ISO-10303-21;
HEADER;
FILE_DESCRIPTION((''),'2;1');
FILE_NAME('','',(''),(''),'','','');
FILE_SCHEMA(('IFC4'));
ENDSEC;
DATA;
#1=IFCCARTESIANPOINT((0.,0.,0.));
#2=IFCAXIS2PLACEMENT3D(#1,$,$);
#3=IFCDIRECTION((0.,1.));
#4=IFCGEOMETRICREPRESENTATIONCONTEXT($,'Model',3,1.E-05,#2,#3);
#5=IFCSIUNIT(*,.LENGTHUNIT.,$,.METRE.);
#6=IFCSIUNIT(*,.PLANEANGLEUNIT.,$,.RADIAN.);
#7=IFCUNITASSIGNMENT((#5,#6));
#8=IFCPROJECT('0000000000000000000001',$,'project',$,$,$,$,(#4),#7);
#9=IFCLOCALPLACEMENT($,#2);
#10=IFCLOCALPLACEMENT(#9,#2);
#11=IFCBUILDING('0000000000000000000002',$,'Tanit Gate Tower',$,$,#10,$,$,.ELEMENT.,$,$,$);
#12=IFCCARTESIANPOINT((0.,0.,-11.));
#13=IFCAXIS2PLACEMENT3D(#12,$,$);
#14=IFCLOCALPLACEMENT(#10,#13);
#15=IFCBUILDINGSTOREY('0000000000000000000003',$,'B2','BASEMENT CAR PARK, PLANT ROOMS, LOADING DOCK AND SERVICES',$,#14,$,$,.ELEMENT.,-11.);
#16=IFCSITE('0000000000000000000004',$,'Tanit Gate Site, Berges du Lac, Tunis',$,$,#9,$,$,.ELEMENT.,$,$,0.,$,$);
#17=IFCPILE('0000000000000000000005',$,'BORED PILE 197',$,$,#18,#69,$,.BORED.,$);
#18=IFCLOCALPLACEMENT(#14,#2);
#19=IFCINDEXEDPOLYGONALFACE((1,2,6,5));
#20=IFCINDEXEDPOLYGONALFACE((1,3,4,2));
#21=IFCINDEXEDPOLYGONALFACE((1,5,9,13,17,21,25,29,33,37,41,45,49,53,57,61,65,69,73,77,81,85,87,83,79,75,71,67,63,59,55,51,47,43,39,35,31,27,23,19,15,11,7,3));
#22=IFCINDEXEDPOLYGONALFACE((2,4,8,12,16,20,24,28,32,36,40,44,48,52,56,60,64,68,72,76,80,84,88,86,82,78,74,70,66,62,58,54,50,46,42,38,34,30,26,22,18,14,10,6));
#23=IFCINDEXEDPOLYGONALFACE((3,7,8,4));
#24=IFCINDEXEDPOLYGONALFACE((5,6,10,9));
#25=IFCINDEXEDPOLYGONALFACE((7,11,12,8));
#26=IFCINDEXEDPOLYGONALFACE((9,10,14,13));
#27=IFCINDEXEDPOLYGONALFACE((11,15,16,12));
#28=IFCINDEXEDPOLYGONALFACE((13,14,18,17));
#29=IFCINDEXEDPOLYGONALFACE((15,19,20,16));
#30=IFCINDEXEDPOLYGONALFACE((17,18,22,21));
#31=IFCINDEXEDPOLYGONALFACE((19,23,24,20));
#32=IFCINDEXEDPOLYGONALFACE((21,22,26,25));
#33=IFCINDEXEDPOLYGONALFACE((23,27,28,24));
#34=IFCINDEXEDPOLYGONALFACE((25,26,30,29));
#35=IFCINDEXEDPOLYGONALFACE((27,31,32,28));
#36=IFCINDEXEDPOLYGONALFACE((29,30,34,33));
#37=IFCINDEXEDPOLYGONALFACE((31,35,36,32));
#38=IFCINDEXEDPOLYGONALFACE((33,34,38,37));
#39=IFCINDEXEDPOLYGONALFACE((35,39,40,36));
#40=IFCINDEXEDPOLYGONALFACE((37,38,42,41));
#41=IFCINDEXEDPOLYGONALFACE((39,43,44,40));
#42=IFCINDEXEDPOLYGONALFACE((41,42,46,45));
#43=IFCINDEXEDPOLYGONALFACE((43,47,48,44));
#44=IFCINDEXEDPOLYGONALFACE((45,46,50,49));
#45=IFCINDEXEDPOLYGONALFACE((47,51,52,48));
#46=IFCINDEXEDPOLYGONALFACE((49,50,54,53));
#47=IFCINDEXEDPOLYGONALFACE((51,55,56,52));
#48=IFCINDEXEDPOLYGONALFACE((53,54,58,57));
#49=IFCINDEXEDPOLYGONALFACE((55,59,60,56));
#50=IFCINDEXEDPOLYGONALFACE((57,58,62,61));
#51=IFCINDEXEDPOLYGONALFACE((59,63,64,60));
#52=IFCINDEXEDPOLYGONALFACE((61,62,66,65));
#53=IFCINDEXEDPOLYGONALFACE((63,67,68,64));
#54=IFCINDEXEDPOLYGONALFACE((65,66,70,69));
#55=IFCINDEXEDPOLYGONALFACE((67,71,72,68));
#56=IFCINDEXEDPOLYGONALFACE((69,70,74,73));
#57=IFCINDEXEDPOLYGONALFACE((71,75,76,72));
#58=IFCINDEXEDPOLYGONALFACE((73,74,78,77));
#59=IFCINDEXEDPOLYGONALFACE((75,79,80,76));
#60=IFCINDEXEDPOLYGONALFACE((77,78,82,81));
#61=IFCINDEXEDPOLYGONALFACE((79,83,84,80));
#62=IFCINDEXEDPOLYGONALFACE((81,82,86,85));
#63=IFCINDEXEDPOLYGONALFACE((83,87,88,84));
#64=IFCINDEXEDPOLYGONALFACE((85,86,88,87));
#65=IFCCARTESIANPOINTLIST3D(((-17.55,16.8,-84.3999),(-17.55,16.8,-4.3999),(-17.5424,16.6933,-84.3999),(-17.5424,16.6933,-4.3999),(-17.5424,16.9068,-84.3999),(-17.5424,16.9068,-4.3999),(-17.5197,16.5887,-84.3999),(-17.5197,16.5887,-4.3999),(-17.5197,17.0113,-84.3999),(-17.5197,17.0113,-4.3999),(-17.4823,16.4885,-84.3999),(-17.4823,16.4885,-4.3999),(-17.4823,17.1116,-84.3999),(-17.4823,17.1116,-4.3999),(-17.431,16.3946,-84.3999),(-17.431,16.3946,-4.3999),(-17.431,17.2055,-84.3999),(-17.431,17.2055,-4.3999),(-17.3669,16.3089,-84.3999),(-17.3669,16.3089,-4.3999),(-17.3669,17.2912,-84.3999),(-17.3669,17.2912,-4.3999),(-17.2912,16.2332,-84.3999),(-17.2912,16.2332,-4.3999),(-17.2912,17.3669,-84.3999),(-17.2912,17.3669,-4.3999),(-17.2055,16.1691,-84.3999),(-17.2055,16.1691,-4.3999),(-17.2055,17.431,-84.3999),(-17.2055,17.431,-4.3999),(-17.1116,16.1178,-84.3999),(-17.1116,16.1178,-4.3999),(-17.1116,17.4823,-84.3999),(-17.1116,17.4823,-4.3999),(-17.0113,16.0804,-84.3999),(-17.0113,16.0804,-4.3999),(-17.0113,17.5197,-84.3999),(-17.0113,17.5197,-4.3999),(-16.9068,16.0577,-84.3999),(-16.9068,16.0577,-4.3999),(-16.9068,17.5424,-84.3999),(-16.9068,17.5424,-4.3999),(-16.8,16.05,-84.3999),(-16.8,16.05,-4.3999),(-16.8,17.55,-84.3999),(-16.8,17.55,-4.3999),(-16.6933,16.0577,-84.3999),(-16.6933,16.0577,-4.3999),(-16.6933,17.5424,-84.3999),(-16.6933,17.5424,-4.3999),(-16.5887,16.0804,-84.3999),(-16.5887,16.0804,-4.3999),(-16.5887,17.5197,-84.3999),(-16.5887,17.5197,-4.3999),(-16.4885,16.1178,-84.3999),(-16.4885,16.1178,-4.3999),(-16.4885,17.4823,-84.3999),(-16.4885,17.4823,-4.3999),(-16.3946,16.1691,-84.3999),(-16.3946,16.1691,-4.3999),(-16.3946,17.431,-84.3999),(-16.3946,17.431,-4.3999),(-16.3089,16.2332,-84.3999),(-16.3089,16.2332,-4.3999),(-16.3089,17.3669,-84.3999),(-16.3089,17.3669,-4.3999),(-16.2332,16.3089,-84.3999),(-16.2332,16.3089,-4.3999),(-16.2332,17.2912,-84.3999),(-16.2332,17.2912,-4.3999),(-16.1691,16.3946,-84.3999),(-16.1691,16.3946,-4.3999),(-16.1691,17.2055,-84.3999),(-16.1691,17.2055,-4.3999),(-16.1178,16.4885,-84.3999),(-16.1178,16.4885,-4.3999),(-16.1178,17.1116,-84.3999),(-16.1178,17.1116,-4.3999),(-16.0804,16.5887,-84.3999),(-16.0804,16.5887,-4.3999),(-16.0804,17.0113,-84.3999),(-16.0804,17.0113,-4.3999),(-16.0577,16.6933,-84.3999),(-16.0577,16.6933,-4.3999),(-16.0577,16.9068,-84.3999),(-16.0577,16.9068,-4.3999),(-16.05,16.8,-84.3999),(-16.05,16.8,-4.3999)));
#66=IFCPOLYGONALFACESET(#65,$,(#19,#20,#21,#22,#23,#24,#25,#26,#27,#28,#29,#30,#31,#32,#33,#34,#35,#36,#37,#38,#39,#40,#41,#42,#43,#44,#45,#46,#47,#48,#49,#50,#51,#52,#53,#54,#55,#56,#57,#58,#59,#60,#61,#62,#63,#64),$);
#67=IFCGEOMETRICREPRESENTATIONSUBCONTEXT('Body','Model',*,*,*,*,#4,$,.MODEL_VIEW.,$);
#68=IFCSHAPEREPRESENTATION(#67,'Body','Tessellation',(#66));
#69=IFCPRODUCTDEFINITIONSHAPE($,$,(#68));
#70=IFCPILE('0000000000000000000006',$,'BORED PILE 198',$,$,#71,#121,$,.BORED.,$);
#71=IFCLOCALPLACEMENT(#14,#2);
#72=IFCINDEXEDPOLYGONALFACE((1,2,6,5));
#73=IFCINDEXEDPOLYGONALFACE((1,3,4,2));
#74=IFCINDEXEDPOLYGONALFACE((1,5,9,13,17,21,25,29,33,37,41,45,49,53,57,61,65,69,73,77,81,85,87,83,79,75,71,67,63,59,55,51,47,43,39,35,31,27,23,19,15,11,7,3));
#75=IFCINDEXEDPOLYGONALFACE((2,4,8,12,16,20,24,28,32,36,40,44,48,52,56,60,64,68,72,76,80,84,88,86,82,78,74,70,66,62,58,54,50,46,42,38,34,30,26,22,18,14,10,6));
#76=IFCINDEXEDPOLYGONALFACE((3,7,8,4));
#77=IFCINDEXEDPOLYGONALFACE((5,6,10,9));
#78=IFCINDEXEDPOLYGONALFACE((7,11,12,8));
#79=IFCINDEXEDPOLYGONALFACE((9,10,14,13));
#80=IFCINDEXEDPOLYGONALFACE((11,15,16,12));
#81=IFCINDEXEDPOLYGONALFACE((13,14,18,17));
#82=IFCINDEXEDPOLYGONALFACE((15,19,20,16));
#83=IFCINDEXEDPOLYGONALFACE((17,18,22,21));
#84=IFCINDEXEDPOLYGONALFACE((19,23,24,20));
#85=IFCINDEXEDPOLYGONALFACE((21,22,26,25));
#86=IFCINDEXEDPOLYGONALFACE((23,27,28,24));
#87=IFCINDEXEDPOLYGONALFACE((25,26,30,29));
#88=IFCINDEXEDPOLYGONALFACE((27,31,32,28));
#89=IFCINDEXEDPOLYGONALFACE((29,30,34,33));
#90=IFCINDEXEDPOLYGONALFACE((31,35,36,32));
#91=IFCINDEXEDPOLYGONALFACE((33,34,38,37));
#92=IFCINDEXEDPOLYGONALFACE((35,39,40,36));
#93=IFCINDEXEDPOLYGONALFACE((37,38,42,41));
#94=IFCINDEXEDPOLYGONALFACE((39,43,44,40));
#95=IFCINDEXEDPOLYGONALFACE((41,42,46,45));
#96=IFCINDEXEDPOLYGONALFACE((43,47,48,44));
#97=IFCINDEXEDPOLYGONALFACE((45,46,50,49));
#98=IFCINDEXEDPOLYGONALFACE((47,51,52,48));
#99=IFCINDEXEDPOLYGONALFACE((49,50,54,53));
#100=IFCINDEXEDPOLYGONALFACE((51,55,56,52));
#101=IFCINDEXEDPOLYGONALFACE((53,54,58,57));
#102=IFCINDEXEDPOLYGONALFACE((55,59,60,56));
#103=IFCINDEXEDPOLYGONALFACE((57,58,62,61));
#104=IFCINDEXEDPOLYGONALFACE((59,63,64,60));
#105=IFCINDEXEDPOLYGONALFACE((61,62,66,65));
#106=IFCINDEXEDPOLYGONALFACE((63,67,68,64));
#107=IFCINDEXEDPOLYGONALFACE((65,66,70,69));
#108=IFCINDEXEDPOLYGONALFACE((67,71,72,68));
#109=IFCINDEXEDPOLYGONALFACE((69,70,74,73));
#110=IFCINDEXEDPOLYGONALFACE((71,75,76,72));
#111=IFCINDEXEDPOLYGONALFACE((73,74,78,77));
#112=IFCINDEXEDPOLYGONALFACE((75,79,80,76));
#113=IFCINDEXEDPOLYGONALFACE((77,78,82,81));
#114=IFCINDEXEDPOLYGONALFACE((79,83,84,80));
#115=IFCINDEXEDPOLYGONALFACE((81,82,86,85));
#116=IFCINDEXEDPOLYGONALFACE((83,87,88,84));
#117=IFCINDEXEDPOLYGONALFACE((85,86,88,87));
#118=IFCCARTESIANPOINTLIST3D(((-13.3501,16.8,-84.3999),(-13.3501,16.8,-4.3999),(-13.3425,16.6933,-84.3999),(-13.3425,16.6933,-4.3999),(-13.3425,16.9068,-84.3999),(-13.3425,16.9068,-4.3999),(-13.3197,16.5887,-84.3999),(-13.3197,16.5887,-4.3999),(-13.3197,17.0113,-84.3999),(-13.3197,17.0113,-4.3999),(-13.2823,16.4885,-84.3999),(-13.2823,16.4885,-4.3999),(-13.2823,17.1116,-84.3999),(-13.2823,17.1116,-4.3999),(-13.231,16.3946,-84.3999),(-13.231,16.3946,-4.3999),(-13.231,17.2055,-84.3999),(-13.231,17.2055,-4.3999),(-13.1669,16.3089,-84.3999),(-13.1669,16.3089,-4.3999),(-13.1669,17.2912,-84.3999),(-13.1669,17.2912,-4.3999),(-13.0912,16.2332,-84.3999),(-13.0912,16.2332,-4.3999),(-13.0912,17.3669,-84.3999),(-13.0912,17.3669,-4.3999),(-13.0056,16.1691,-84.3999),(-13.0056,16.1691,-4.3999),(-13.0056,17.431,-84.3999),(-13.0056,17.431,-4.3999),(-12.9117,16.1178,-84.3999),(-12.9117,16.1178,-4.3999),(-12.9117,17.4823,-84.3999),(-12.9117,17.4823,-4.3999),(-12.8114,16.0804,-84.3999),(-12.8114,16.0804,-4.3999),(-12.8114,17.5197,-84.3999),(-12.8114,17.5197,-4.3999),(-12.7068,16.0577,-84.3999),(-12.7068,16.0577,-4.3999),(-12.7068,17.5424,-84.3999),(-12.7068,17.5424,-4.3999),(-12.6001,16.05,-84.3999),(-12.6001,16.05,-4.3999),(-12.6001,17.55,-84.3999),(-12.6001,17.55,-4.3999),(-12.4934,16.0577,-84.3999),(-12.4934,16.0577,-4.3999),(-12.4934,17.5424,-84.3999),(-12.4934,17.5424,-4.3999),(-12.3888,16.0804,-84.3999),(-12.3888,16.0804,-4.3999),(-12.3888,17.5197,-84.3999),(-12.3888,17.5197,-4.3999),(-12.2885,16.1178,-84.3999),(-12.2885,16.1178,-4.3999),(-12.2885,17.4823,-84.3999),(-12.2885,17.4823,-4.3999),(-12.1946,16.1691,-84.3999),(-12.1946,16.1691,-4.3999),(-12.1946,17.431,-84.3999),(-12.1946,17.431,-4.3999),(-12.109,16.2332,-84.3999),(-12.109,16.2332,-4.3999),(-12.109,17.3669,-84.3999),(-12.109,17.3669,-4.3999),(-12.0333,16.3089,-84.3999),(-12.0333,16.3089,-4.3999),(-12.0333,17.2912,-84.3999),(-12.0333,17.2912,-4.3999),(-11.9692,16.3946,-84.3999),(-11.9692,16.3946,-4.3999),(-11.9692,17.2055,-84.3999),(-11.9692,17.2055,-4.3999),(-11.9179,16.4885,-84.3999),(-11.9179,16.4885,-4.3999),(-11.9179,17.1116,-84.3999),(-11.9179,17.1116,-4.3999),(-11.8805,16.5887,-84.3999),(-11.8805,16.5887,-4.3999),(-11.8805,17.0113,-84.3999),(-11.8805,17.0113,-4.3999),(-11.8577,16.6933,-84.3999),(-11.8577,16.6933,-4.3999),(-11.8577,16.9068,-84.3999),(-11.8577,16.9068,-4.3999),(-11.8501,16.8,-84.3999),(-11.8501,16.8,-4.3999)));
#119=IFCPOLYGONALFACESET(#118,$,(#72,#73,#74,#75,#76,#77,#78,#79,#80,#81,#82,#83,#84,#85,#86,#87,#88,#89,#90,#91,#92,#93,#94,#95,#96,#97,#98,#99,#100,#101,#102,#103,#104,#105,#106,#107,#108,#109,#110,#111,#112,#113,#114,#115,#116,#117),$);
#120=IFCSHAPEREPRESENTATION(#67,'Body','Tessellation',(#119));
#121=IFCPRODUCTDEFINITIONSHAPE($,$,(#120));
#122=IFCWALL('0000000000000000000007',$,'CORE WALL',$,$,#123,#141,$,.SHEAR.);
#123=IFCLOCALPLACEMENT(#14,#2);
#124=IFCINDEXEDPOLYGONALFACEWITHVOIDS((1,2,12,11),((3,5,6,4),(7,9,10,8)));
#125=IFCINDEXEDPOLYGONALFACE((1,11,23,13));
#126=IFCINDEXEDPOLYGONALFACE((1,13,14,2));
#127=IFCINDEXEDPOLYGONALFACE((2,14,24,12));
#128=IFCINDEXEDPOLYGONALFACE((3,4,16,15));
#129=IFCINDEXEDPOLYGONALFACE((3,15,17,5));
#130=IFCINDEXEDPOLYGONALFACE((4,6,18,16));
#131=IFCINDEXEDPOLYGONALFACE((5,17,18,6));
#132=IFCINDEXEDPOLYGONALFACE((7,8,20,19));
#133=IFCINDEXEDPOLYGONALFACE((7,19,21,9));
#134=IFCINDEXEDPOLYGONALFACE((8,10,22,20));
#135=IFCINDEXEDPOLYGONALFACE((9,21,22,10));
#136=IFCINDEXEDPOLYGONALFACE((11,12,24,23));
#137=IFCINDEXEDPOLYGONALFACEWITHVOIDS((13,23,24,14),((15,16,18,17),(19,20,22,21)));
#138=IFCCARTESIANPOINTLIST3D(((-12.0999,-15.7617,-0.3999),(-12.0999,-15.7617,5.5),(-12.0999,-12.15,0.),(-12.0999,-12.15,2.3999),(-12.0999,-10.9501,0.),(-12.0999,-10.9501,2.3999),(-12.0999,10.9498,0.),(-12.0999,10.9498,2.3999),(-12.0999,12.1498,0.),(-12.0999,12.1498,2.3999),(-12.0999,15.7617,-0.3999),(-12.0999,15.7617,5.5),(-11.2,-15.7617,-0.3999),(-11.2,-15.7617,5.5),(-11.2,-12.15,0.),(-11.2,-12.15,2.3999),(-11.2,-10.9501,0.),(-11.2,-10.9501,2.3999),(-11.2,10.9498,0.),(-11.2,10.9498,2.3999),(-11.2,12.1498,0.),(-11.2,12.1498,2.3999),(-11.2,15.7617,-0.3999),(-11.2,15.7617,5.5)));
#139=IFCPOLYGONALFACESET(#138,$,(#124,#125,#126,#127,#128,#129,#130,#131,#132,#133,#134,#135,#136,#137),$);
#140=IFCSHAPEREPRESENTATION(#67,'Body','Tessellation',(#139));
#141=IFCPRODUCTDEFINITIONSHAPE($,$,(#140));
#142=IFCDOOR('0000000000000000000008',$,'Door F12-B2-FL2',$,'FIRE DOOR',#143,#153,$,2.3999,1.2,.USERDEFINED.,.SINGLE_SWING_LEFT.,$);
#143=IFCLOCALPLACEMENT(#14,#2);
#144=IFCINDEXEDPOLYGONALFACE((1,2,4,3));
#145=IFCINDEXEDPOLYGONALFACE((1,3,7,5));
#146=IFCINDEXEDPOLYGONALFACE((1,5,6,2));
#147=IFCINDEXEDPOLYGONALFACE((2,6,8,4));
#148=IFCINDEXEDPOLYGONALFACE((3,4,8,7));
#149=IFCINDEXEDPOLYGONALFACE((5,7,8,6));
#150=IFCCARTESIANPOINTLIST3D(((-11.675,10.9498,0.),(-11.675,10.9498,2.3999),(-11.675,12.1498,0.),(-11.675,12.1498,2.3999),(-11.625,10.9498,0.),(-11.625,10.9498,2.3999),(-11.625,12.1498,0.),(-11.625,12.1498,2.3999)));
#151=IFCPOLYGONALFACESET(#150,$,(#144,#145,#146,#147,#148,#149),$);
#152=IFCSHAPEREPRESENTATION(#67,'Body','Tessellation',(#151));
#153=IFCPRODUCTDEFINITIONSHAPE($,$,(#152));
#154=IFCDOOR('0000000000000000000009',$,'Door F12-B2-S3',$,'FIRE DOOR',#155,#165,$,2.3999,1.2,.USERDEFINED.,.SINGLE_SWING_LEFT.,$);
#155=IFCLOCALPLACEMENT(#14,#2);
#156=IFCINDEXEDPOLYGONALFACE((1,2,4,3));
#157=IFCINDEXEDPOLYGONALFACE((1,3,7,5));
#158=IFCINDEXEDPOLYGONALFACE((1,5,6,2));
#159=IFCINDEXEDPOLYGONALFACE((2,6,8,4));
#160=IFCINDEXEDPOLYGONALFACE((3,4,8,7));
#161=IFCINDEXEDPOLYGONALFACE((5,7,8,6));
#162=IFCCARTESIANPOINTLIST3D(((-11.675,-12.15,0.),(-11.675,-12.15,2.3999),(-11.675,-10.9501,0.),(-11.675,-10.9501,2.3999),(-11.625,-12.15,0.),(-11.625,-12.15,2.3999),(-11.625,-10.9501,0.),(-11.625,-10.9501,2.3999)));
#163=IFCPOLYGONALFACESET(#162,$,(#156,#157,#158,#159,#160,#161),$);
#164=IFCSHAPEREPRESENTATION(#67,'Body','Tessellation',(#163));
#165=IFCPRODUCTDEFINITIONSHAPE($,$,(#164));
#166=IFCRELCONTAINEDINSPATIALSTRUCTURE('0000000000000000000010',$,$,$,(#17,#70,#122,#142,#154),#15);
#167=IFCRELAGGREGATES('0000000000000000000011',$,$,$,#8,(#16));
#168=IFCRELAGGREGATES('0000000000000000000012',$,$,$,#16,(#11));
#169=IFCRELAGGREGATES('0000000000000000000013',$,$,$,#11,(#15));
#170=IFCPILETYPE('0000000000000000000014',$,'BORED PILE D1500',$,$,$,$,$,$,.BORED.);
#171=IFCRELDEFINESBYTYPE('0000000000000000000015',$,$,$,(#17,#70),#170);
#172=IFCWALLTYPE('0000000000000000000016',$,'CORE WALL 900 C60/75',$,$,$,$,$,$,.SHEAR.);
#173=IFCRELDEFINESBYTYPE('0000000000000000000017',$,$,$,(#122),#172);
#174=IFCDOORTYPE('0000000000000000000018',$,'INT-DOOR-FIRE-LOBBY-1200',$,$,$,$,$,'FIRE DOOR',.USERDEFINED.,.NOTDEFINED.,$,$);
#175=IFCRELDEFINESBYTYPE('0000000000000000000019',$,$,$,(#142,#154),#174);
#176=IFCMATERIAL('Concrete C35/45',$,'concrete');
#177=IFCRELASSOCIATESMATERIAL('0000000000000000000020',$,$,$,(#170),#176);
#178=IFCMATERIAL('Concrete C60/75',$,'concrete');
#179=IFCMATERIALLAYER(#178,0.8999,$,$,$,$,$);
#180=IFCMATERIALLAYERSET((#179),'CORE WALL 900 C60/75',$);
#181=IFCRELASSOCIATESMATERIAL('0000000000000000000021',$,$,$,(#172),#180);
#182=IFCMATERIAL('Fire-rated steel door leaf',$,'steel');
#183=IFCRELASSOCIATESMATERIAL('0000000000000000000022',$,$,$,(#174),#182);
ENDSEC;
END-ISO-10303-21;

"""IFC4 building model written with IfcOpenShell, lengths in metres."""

from ifc_helpers import new_model, si_unit, direction, frame, frame_2d, origin, origin_2d, place, context, subcontext, project, spatial, rectangle, circle, extrude, material, layer, layer_set, material_profile, profile_set, type_object, element, fill, save


model = new_model("IFC4")

# Units and contexts
model_context = context("Model", 3, precision=1e-05, world=origin(), true_north=direction((0.0, 1.0)))
body_context = subcontext(model_context, "Body", "Model", "MODEL_VIEW")
ifc_project = project(units=[si_unit("LENGTHUNIT", "METRE"), si_unit("PLANEANGLEUNIT", "RADIAN")], contexts=[model_context])

# Site, building, storey
site_placement = place(None, origin())
site = spatial("IfcSite", under=ifc_project, at=site_placement, Name="Tanit Gate Site, Berges du Lac, Tunis", CompositionType="ELEMENT", RefElevation=0.0)
building_placement = place(site_placement, origin())
building = spatial("IfcBuilding", under=site, at=building_placement, Name="Tanit Gate Tower", CompositionType="ELEMENT")
storey_placement = place(building_placement, frame((0.0, 0.0, -11.0)))
storey = spatial("IfcBuildingStorey", under=building, at=storey_placement, Name="B2", Description="BASEMENT CAR PARK, PLANT ROOMS, LOADING DOCK AND SERVICES", CompositionType="ELEMENT", Elevation=-11.0)

# Piles
ifc_material_1 = material(Name="Concrete C35/45", Category="concrete")
ifc_material_profile = material_profile(ifc_material_1, circle(Radius=0.75, at=origin_2d()), Name="BORED PILE D1500 C35/45")
ifc_profile_set = profile_set([ifc_material_profile], Name="Concrete C35/45")
pile_type = type_object("IfcPileType", Name="BORED PILE D1500", PredefinedType="BORED", material=ifc_profile_set)
for number, where, z_axis, x_axis, name in (
    (1, (-16.8, 16.8, -4.3999), (0.0, 0.0, -1.0), (1.0, 0.0, 0.0), "BORED PILE 197"),
    (2, (-12.6001, 16.8, -4.3999), (0.0, 0.0, -1.0), (1.0, 0.0, 0.0), "BORED PILE 198"),
):
    element("IfcPile", number, at=place(storey_placement, frame(where, z_axis=z_axis, x_axis=x_axis)), inside=storey, type_object=pile_type, Name=name, PredefinedType="BORED", context=body_context, shape_type="SweptSolid", body=[
        extrude(circle(Radius=0.75, at=origin_2d()), origin(), (0.0, 0.0, 1.0), 80.0),
    ])

# Wall, openings, doors
ifc_material_2 = material(Name="Concrete C60/75", Category="concrete")
ifc_layer_1 = layer(ifc_material_2, 0.8999)
ifc_layer_set_1 = layer_set([ifc_layer_1], Name="CORE WALL 900 C60/75")
wall_type_1 = type_object("IfcWallType", Name="CORE WALL 900 C60/75", PredefinedType="SHEAR", material=ifc_layer_set_1)
wall_1_placement = place(storey_placement, frame((-11.6499, 15.7617, -0.3999), z_axis=(0.0, 0.0, 1.0), x_axis=(0.0, -1.0, 0.0)))
wall_1 = element("IfcWall", 3, at=wall_1_placement, inside=storey, type_object=wall_type_1, Name="CORE WALL", PredefinedType="SHEAR", context=body_context, shape_type="SweptSolid", body=[
    extrude(rectangle(XDim=31.5234, YDim=0.8999, at=frame_2d((15.7617, 0.0))), origin(), (0.0, 0.0, 1.0), 5.8999),
])
opening_1_placement = place(wall_1_placement, frame((3.6118, 0.0, 0.3999)))
opening_1 = element("IfcOpeningElement", 4, at=opening_1_placement, cuts=wall_1, PredefinedType="OPENING", context=body_context, shape_type="SweptSolid", body=[
    extrude(rectangle(XDim=1.2, YDim=2.3999, at=frame_2d((0.6001, 1.2))), frame((0.0, 0.46, 0.0), z_axis=(0.0, -1.0, 0.0), x_axis=(1.0, 0.0, 0.0)), (0.0, 0.0, 1.0), 0.9199),
])
opening_2_placement = place(wall_1_placement, frame((26.7117, 0.0, 0.3999)))
opening_2 = element("IfcOpeningElement", 5, at=opening_2_placement, cuts=wall_1, PredefinedType="OPENING", context=body_context, shape_type="SweptSolid", body=[
    extrude(rectangle(XDim=1.2, YDim=2.3999, at=frame_2d((0.6001, 1.2))), frame((0.0, 0.46, 0.0), z_axis=(0.0, -1.0, 0.0), x_axis=(1.0, 0.0, 0.0)), (0.0, 0.0, 1.0), 0.9199),
])
ifc_material_3 = material(Name="Fire-rated steel door leaf", Category="steel")
door_type_1 = type_object("IfcDoorType", Name="INT-DOOR-FIRE-LOBBY-1200", ElementType="FIRE DOOR", OperationType="NOTDEFINED", PredefinedType="USERDEFINED", material=ifc_material_3)
door_1_placement = place(opening_1_placement, origin())
door_1 = element("IfcDoor", 6, at=door_1_placement, inside=storey, type_object=door_type_1, Name="Door F12-B2-FL2", ObjectType="FIRE DOOR", OperationType="SINGLE_SWING_LEFT", OverallHeight=2.3999, OverallWidth=1.2, PredefinedType="USERDEFINED", context=body_context, shape_type="SweptSolid", body=[
    extrude(rectangle(XDim=1.2, YDim=2.3999, at=frame_2d((0.6001, 1.2))), frame((0.0, 0.0249, 0.0), z_axis=(0.0, -1.0, 0.0), x_axis=(1.0, 0.0, 0.0)), (0.0, 0.0, 1.0), 0.05),
])
fill(opening_1, door_1)
door_2_placement = place(opening_2_placement, origin())
door_2 = element("IfcDoor", 7, at=door_2_placement, inside=storey, type_object=door_type_1, Name="Door F12-B2-S3", ObjectType="FIRE DOOR", OperationType="SINGLE_SWING_LEFT", OverallHeight=2.3999, OverallWidth=1.2, PredefinedType="USERDEFINED", context=body_context, shape_type="SweptSolid", body=[
    extrude(rectangle(XDim=1.2, YDim=2.3999, at=frame_2d((0.6001, 1.2))), frame((0.0, 0.0249, 0.0), z_axis=(0.0, -1.0, 0.0), x_axis=(1.0, 0.0, 0.0)), (0.0, 0.0, 1.0), 0.05),
])
fill(opening_2, door_2)

save(model, "model.ifc")
